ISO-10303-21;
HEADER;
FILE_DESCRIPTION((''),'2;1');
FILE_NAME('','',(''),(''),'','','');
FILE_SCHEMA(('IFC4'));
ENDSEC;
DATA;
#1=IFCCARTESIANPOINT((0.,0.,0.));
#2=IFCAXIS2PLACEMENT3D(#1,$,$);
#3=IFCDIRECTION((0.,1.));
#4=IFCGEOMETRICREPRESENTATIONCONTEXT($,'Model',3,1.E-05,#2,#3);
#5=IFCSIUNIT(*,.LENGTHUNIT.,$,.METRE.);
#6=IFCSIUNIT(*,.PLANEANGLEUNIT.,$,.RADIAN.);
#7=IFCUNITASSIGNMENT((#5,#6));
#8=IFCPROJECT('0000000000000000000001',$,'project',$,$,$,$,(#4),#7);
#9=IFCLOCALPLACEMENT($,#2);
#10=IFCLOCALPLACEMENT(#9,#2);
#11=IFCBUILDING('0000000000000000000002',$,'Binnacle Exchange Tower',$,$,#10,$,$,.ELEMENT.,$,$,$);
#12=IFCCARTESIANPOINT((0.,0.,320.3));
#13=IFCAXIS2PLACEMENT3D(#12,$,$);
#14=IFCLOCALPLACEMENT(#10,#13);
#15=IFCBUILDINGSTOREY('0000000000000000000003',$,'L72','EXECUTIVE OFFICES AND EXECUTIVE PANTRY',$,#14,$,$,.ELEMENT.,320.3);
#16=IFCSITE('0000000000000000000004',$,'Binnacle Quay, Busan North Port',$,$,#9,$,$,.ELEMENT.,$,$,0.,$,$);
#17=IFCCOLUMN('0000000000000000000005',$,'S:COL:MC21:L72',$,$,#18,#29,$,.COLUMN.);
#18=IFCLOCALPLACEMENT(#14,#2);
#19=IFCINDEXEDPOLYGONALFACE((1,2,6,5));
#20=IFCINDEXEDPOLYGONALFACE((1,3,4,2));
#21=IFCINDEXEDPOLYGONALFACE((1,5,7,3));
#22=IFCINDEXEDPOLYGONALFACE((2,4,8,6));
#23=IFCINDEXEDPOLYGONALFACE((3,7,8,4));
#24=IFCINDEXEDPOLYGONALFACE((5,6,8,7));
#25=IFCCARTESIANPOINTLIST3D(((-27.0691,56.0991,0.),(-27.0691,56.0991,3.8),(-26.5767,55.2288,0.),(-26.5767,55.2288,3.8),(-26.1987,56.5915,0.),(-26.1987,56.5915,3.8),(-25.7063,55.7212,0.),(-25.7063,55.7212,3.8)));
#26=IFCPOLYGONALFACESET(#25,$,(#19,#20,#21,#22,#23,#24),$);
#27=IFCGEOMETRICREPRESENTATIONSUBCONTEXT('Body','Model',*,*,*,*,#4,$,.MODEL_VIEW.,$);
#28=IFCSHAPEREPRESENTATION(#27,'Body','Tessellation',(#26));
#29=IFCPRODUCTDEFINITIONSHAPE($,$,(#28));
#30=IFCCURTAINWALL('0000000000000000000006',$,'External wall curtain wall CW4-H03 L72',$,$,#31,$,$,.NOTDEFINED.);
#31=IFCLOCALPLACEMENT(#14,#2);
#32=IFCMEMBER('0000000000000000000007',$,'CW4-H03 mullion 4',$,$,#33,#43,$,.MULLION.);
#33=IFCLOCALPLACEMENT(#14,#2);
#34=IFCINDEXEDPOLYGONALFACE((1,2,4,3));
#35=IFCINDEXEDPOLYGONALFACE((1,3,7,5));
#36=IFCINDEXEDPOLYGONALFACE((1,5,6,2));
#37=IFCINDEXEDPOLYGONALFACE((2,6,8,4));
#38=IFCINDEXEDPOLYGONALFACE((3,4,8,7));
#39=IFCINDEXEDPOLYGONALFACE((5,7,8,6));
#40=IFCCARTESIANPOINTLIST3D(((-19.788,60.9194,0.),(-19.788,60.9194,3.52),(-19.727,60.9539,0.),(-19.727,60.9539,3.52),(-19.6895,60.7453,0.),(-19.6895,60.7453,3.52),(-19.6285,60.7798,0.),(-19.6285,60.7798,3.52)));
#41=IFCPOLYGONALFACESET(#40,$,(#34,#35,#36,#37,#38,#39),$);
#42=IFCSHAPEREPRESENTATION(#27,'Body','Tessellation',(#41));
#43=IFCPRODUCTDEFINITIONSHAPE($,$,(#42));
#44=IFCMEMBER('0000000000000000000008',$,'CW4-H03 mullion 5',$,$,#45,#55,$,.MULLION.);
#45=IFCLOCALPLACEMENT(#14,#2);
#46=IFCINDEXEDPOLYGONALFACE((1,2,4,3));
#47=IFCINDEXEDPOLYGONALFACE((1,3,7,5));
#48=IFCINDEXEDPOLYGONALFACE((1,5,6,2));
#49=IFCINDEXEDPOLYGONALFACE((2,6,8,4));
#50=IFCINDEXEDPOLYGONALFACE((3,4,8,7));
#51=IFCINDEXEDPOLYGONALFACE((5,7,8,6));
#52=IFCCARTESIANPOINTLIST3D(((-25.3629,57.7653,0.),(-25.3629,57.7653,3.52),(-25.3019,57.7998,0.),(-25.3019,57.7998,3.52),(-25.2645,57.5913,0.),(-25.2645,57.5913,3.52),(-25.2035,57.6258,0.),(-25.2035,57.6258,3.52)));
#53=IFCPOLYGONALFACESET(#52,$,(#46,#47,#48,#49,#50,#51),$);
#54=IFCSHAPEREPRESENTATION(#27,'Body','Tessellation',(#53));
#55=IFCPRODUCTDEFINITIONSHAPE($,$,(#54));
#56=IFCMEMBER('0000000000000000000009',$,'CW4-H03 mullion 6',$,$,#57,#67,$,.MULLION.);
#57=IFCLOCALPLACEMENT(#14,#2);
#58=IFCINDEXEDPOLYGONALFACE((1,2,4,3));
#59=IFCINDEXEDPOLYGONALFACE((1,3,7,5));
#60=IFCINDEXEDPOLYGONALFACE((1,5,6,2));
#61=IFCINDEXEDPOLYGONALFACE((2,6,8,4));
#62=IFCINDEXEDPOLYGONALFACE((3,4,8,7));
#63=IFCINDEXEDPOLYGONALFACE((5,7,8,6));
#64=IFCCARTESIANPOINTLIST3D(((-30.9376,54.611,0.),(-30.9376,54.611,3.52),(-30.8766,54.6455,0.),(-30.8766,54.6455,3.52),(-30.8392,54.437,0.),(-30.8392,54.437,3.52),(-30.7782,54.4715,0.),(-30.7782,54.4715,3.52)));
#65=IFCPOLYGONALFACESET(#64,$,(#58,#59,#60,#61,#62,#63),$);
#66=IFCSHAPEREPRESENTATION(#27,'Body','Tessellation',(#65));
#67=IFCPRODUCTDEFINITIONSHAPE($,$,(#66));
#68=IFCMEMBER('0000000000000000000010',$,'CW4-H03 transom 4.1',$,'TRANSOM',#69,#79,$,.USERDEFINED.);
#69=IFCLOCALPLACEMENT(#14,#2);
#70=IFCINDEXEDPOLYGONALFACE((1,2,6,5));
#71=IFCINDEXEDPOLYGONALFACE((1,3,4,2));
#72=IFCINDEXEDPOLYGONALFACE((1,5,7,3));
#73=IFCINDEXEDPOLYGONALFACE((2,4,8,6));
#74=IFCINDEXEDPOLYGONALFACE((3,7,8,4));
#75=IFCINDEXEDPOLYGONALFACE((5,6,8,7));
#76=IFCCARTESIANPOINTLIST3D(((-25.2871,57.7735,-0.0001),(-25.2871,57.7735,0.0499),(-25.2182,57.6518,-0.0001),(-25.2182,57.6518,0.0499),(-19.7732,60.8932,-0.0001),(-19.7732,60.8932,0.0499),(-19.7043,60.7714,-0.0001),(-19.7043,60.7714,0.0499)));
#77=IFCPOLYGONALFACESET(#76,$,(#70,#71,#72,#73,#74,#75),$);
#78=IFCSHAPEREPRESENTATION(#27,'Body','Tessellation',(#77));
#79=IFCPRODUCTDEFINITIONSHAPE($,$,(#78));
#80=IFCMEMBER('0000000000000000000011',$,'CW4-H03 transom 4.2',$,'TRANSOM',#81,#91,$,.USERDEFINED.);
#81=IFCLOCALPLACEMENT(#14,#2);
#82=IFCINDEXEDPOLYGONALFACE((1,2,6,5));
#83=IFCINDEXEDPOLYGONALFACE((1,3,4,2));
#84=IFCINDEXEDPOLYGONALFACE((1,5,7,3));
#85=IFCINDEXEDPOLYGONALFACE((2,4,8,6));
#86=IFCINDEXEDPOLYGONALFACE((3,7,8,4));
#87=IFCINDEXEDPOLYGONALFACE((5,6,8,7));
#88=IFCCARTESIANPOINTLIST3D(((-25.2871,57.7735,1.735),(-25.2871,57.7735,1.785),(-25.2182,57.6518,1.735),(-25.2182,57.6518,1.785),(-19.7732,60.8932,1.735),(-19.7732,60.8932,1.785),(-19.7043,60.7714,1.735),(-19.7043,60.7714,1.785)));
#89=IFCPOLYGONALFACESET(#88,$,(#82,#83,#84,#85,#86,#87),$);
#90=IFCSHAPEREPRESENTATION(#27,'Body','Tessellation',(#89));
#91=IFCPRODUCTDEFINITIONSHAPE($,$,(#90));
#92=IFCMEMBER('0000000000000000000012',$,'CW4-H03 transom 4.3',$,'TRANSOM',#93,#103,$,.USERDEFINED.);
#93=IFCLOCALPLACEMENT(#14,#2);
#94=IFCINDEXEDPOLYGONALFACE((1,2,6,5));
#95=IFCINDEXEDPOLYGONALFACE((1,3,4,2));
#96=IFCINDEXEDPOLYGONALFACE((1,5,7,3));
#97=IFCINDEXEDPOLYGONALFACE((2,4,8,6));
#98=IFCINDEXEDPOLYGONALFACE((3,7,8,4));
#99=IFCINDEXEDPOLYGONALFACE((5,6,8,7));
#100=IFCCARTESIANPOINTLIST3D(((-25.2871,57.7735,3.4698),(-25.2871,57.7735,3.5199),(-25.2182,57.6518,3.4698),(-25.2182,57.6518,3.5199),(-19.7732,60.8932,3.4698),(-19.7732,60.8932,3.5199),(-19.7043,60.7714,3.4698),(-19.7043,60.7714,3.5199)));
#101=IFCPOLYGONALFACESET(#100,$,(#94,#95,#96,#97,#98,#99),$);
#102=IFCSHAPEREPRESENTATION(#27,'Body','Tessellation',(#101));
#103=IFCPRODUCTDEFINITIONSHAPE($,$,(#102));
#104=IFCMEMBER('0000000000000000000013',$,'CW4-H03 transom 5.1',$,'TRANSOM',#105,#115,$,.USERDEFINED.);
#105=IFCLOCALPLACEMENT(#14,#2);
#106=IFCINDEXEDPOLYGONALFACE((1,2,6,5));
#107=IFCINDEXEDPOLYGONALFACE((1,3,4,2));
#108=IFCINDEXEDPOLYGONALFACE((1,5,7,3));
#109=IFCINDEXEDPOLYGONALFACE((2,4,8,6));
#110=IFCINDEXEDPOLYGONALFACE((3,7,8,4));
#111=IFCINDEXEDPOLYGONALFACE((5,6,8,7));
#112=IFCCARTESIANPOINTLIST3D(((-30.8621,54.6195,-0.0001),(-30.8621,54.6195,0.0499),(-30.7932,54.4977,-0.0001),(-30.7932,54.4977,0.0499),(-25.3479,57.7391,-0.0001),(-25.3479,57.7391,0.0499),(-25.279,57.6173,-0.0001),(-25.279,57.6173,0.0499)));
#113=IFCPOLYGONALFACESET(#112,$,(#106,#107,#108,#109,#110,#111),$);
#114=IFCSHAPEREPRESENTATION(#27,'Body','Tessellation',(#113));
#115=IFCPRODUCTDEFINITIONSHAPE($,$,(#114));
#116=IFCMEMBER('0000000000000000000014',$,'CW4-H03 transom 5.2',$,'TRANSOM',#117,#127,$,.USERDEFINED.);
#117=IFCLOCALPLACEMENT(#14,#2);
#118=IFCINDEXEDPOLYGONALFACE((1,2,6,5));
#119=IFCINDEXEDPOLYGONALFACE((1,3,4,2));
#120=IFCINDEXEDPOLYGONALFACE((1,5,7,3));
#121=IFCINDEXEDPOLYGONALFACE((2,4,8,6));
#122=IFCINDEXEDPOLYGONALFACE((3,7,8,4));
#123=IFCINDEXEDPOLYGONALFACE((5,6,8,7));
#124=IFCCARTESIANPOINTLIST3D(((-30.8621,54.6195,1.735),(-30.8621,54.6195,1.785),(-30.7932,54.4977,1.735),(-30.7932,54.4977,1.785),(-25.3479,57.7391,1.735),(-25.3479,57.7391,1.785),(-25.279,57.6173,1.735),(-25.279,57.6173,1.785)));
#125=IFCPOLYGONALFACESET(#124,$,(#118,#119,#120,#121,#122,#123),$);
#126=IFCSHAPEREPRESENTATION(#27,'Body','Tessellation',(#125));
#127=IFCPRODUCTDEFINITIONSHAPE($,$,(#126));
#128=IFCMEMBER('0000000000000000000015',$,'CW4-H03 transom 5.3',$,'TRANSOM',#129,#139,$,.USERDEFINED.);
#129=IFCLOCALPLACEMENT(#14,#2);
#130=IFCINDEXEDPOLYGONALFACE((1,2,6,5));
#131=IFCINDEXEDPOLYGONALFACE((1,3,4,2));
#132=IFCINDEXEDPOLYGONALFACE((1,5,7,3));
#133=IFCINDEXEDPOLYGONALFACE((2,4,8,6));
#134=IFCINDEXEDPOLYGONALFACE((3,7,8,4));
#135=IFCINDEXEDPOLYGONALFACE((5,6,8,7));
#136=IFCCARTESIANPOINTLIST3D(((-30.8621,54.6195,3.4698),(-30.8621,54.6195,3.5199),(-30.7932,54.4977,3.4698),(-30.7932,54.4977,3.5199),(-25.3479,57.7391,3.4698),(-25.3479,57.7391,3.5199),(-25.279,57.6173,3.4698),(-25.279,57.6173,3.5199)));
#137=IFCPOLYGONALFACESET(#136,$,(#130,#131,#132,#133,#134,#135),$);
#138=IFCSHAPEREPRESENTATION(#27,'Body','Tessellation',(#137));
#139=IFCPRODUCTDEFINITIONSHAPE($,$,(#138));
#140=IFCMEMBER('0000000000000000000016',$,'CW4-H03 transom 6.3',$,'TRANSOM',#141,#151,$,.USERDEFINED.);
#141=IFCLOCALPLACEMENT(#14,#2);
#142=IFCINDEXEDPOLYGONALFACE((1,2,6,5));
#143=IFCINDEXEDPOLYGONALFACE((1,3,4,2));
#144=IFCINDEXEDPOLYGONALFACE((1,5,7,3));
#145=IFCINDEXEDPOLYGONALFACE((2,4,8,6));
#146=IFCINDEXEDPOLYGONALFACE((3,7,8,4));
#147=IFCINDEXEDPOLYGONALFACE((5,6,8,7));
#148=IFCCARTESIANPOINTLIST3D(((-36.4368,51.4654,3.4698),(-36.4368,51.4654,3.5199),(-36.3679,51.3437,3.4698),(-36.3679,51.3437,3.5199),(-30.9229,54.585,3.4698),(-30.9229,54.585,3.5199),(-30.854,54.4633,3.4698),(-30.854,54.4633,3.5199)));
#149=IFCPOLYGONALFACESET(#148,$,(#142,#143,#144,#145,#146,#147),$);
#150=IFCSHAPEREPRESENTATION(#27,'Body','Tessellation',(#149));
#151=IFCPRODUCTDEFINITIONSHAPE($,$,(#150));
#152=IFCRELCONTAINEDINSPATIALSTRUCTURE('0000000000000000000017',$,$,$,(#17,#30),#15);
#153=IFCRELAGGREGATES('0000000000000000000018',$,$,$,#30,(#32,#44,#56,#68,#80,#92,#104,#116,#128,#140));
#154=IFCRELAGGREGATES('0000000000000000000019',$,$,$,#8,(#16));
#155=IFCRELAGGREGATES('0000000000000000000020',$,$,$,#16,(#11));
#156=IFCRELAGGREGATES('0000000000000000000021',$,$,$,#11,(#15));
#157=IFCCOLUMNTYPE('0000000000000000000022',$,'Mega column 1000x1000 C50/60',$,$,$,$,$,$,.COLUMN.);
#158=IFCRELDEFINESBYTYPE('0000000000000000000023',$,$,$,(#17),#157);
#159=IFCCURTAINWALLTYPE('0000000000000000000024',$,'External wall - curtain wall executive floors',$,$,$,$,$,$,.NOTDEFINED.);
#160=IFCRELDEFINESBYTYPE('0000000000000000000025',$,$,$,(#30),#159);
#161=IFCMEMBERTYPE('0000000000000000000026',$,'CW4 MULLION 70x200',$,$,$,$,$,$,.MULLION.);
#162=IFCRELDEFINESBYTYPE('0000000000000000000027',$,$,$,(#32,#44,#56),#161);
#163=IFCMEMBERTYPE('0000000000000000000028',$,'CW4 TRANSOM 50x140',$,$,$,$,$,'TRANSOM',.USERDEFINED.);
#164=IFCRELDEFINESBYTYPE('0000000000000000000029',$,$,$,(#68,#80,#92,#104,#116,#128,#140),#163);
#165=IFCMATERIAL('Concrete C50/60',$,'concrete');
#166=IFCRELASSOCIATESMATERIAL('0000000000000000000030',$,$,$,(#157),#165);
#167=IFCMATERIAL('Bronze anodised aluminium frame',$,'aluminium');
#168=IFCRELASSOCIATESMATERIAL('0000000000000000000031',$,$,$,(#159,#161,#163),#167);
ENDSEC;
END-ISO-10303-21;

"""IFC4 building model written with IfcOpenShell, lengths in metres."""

from ifc_helpers import new_model, si_unit, direction, frame, origin, origin_2d, place, context, subcontext, project, spatial, rectangle, extrude, material, material_profile, profile_set, type_object, element, aggregate, save


model = new_model("IFC4")

# Units and contexts
model_context = context("Model", 3, precision=1e-05, world=origin(), true_north=direction((0.0, 1.0)))
body_context = subcontext(model_context, "Body", "Model", "MODEL_VIEW")
ifc_project = project(units=[si_unit("LENGTHUNIT", "METRE"), si_unit("PLANEANGLEUNIT", "RADIAN")], contexts=[model_context])

# Site, building, storey
site_placement = place(None, origin())
site = spatial("IfcSite", under=ifc_project, at=site_placement, Name="Binnacle Quay, Busan North Port", CompositionType="ELEMENT", RefElevation=0.0)
building_placement = place(site_placement, origin())
building = spatial("IfcBuilding", under=site, at=building_placement, Name="Binnacle Exchange Tower", CompositionType="ELEMENT")
storey_placement = place(building_placement, frame((0.0, 0.0, 320.3)))
storey = spatial("IfcBuildingStorey", under=building, at=storey_placement, Name="L72", Description="EXECUTIVE OFFICES AND EXECUTIVE PANTRY", CompositionType="ELEMENT", Elevation=320.3)

# Column
ifc_material_1 = material(Name="Concrete C50/60", Category="concrete")
ifc_material_profile_1 = material_profile(ifc_material_1, rectangle(XDim=1.0, YDim=1.0, at=origin_2d()), Name="Mega column 1000x1000 C50/60")
ifc_profile_set_1 = profile_set([ifc_material_profile_1], Name="Concrete C50/60")
column_type = type_object("IfcColumnType", Name="Mega column 1000x1000 C50/60", PredefinedType="COLUMN", material=ifc_profile_set_1)
column_placement = place(storey_placement, frame((-26.3877, 55.9102, 0.0), z_axis=(0.0, 0.0, 1.0), x_axis=(-0.870356, -0.492424, 0.0)))
element("IfcColumn", 1, at=column_placement, inside=storey, type_object=column_type, Name="S:COL:MC21:L72", PredefinedType="COLUMN", context=body_context, shape_type="SweptSolid", body=[
    extrude(rectangle(XDim=1.0, YDim=1.0, at=origin_2d()), origin(), (0.0, 0.0, 1.0), 3.8),
])

# Curtain wall, members
ifc_material_2 = material(Name="Bronze anodised aluminium frame", Category="aluminium")
curtain_wall_type = type_object("IfcCurtainWallType", Name="External wall - curtain wall executive floors", PredefinedType="NOTDEFINED", material=ifc_material_2)
curtain_wall_placement = place(storey_placement, origin())
curtain_wall = element("IfcCurtainWall", 2, at=curtain_wall_placement, inside=storey, type_object=curtain_wall_type, Name="External wall curtain wall CW4-H03 L72", PredefinedType="NOTDEFINED")
ifc_material_profile_2 = material_profile(ifc_material_2, rectangle(XDim=0.2, YDim=0.0701, at=origin_2d()), Name="AL 70x200")
ifc_profile_set_2 = profile_set([ifc_material_profile_2], Name="Bronze anodised aluminium frame")
member_type_1 = type_object("IfcMemberType", Name="CW4 MULLION 70x200", PredefinedType="MULLION", material=ifc_profile_set_2)
member_1_placement = place(storey_placement, frame((-19.7083, 60.8496, 0.0), z_axis=(0.0, 0.0, 1.0), x_axis=(0.492424, -0.870356, 0.0)))
member_1 = element("IfcMember", 3, at=member_1_placement, type_object=member_type_1, Name="CW4-H03 mullion 4", PredefinedType="MULLION", context=body_context, shape_type="SweptSolid", body=[
    extrude(rectangle(XDim=0.2, YDim=0.0701, at=origin_2d()), origin(), (0.0, 0.0, 1.0), 3.52),
])
member_2_placement = place(storey_placement, frame((-25.2832, 57.6956, 0.0), z_axis=(0.0, 0.0, 1.0), x_axis=(0.492424, -0.870356, 0.0)))
member_2 = element("IfcMember", 4, at=member_2_placement, type_object=member_type_1, Name="CW4-H03 mullion 5", PredefinedType="MULLION", context=body_context, shape_type="SweptSolid", body=[
    extrude(rectangle(XDim=0.2, YDim=0.0701, at=origin_2d()), origin(), (0.0, 0.0, 1.0), 3.52),
])
member_3_placement = place(storey_placement, frame((-30.8579, 54.5413, 0.0), z_axis=(0.0, 0.0, 1.0), x_axis=(0.492424, -0.870356, 0.0)))
member_3 = element("IfcMember", 5, at=member_3_placement, type_object=member_type_1, Name="CW4-H03 mullion 6", PredefinedType="MULLION", context=body_context, shape_type="SweptSolid", body=[
    extrude(rectangle(XDim=0.2, YDim=0.0701, at=origin_2d()), origin(), (0.0, 0.0, 1.0), 3.52),
])
ifc_material_profile_3 = material_profile(ifc_material_2, rectangle(XDim=0.1399, YDim=0.05, at=origin_2d()), Name="AL 140x50")
ifc_profile_set_3 = profile_set([ifc_material_profile_3], Name="Bronze anodised aluminium frame")
member_type_2 = type_object("IfcMemberType", Name="CW4 TRANSOM 50x140", ElementType="TRANSOM", PredefinedType="USERDEFINED", material=ifc_profile_set_3)
member_4_placement = place(storey_placement, frame((-19.7388, 60.8323, 0.0249), z_axis=(-0.870355, -0.492424, 0.0), x_axis=(0.492424, -0.870355, 0.0)))
member_4 = element("IfcMember", 6, at=member_4_placement, type_object=member_type_2, Name="CW4-H03 transom 4.1", ObjectType="TRANSOM", PredefinedType="USERDEFINED", context=body_context, shape_type="SweptSolid", body=[
    extrude(rectangle(XDim=0.1399, YDim=0.05, at=origin_2d()), origin(), (0.0, 0.0, 1.0), 6.3352),
])
member_5_placement = place(storey_placement, frame((-19.7388, 60.8323, 1.76), z_axis=(-0.870355, -0.492424, 0.0), x_axis=(0.492424, -0.870355, 0.0)))
member_5 = element("IfcMember", 7, at=member_5_placement, type_object=member_type_2, Name="CW4-H03 transom 4.2", ObjectType="TRANSOM", PredefinedType="USERDEFINED", context=body_context, shape_type="SweptSolid", body=[
    extrude(rectangle(XDim=0.1399, YDim=0.05, at=origin_2d()), origin(), (0.0, 0.0, 1.0), 6.3352),
])
member_6_placement = place(storey_placement, frame((-19.7388, 60.8323, 3.4949), z_axis=(-0.870355, -0.492424, 0.0), x_axis=(0.492424, -0.870355, 0.0)))
member_6 = element("IfcMember", 8, at=member_6_placement, type_object=member_type_2, Name="CW4-H03 transom 4.3", ObjectType="TRANSOM", PredefinedType="USERDEFINED", context=body_context, shape_type="SweptSolid", body=[
    extrude(rectangle(XDim=0.1399, YDim=0.05, at=origin_2d()), origin(), (0.0, 0.0, 1.0), 6.3352),
])
member_7_placement = place(storey_placement, frame((-25.3135, 57.6782, 0.0249), z_axis=(-0.870365, -0.492408, 0.0), x_axis=(0.492408, -0.870365, 0.0)))
member_7 = element("IfcMember", 9, at=member_7_placement, type_object=member_type_2, Name="CW4-H03 transom 5.1", ObjectType="TRANSOM", PredefinedType="USERDEFINED", context=body_context, shape_type="SweptSolid", body=[
    extrude(rectangle(XDim=0.1399, YDim=0.05, at=origin_2d()), origin(), (0.0, 0.0, 1.0), 6.3354),
])
member_8_placement = place(storey_placement, frame((-25.3135, 57.6782, 1.76), z_axis=(-0.870365, -0.492408, 0.0), x_axis=(0.492408, -0.870365, 0.0)))
member_8 = element("IfcMember", 10, at=member_8_placement, type_object=member_type_2, Name="CW4-H03 transom 5.2", ObjectType="TRANSOM", PredefinedType="USERDEFINED", context=body_context, shape_type="SweptSolid", body=[
    extrude(rectangle(XDim=0.1399, YDim=0.05, at=origin_2d()), origin(), (0.0, 0.0, 1.0), 6.3354),
])
member_9_placement = place(storey_placement, frame((-25.3135, 57.6782, 3.4949), z_axis=(-0.870365, -0.492408, 0.0), x_axis=(0.492408, -0.870365, 0.0)))
member_9 = element("IfcMember", 11, at=member_9_placement, type_object=member_type_2, Name="CW4-H03 transom 5.3", ObjectType="TRANSOM", PredefinedType="USERDEFINED", context=body_context, shape_type="SweptSolid", body=[
    extrude(rectangle(XDim=0.1399, YDim=0.05, at=origin_2d()), origin(), (0.0, 0.0, 1.0), 6.3354),
])
member_10_placement = place(storey_placement, frame((-30.8884, 54.5242, 3.4949), z_axis=(-0.870355, -0.492424, 0.0), x_axis=(0.492424, -0.870355, 0.0)))
member_10 = element("IfcMember", 12, at=member_10_placement, type_object=member_type_2, Name="CW4-H03 transom 6.3", ObjectType="TRANSOM", PredefinedType="USERDEFINED", context=body_context, shape_type="SweptSolid", body=[
    extrude(rectangle(XDim=0.1399, YDim=0.05, at=origin_2d()), origin(), (0.0, 0.0, 1.0), 6.3352),
])

aggregate(curtain_wall, [member_1, member_2, member_3, member_4, member_5, member_6, member_7, member_8, member_9, member_10])

save(model, "model.ifc")
